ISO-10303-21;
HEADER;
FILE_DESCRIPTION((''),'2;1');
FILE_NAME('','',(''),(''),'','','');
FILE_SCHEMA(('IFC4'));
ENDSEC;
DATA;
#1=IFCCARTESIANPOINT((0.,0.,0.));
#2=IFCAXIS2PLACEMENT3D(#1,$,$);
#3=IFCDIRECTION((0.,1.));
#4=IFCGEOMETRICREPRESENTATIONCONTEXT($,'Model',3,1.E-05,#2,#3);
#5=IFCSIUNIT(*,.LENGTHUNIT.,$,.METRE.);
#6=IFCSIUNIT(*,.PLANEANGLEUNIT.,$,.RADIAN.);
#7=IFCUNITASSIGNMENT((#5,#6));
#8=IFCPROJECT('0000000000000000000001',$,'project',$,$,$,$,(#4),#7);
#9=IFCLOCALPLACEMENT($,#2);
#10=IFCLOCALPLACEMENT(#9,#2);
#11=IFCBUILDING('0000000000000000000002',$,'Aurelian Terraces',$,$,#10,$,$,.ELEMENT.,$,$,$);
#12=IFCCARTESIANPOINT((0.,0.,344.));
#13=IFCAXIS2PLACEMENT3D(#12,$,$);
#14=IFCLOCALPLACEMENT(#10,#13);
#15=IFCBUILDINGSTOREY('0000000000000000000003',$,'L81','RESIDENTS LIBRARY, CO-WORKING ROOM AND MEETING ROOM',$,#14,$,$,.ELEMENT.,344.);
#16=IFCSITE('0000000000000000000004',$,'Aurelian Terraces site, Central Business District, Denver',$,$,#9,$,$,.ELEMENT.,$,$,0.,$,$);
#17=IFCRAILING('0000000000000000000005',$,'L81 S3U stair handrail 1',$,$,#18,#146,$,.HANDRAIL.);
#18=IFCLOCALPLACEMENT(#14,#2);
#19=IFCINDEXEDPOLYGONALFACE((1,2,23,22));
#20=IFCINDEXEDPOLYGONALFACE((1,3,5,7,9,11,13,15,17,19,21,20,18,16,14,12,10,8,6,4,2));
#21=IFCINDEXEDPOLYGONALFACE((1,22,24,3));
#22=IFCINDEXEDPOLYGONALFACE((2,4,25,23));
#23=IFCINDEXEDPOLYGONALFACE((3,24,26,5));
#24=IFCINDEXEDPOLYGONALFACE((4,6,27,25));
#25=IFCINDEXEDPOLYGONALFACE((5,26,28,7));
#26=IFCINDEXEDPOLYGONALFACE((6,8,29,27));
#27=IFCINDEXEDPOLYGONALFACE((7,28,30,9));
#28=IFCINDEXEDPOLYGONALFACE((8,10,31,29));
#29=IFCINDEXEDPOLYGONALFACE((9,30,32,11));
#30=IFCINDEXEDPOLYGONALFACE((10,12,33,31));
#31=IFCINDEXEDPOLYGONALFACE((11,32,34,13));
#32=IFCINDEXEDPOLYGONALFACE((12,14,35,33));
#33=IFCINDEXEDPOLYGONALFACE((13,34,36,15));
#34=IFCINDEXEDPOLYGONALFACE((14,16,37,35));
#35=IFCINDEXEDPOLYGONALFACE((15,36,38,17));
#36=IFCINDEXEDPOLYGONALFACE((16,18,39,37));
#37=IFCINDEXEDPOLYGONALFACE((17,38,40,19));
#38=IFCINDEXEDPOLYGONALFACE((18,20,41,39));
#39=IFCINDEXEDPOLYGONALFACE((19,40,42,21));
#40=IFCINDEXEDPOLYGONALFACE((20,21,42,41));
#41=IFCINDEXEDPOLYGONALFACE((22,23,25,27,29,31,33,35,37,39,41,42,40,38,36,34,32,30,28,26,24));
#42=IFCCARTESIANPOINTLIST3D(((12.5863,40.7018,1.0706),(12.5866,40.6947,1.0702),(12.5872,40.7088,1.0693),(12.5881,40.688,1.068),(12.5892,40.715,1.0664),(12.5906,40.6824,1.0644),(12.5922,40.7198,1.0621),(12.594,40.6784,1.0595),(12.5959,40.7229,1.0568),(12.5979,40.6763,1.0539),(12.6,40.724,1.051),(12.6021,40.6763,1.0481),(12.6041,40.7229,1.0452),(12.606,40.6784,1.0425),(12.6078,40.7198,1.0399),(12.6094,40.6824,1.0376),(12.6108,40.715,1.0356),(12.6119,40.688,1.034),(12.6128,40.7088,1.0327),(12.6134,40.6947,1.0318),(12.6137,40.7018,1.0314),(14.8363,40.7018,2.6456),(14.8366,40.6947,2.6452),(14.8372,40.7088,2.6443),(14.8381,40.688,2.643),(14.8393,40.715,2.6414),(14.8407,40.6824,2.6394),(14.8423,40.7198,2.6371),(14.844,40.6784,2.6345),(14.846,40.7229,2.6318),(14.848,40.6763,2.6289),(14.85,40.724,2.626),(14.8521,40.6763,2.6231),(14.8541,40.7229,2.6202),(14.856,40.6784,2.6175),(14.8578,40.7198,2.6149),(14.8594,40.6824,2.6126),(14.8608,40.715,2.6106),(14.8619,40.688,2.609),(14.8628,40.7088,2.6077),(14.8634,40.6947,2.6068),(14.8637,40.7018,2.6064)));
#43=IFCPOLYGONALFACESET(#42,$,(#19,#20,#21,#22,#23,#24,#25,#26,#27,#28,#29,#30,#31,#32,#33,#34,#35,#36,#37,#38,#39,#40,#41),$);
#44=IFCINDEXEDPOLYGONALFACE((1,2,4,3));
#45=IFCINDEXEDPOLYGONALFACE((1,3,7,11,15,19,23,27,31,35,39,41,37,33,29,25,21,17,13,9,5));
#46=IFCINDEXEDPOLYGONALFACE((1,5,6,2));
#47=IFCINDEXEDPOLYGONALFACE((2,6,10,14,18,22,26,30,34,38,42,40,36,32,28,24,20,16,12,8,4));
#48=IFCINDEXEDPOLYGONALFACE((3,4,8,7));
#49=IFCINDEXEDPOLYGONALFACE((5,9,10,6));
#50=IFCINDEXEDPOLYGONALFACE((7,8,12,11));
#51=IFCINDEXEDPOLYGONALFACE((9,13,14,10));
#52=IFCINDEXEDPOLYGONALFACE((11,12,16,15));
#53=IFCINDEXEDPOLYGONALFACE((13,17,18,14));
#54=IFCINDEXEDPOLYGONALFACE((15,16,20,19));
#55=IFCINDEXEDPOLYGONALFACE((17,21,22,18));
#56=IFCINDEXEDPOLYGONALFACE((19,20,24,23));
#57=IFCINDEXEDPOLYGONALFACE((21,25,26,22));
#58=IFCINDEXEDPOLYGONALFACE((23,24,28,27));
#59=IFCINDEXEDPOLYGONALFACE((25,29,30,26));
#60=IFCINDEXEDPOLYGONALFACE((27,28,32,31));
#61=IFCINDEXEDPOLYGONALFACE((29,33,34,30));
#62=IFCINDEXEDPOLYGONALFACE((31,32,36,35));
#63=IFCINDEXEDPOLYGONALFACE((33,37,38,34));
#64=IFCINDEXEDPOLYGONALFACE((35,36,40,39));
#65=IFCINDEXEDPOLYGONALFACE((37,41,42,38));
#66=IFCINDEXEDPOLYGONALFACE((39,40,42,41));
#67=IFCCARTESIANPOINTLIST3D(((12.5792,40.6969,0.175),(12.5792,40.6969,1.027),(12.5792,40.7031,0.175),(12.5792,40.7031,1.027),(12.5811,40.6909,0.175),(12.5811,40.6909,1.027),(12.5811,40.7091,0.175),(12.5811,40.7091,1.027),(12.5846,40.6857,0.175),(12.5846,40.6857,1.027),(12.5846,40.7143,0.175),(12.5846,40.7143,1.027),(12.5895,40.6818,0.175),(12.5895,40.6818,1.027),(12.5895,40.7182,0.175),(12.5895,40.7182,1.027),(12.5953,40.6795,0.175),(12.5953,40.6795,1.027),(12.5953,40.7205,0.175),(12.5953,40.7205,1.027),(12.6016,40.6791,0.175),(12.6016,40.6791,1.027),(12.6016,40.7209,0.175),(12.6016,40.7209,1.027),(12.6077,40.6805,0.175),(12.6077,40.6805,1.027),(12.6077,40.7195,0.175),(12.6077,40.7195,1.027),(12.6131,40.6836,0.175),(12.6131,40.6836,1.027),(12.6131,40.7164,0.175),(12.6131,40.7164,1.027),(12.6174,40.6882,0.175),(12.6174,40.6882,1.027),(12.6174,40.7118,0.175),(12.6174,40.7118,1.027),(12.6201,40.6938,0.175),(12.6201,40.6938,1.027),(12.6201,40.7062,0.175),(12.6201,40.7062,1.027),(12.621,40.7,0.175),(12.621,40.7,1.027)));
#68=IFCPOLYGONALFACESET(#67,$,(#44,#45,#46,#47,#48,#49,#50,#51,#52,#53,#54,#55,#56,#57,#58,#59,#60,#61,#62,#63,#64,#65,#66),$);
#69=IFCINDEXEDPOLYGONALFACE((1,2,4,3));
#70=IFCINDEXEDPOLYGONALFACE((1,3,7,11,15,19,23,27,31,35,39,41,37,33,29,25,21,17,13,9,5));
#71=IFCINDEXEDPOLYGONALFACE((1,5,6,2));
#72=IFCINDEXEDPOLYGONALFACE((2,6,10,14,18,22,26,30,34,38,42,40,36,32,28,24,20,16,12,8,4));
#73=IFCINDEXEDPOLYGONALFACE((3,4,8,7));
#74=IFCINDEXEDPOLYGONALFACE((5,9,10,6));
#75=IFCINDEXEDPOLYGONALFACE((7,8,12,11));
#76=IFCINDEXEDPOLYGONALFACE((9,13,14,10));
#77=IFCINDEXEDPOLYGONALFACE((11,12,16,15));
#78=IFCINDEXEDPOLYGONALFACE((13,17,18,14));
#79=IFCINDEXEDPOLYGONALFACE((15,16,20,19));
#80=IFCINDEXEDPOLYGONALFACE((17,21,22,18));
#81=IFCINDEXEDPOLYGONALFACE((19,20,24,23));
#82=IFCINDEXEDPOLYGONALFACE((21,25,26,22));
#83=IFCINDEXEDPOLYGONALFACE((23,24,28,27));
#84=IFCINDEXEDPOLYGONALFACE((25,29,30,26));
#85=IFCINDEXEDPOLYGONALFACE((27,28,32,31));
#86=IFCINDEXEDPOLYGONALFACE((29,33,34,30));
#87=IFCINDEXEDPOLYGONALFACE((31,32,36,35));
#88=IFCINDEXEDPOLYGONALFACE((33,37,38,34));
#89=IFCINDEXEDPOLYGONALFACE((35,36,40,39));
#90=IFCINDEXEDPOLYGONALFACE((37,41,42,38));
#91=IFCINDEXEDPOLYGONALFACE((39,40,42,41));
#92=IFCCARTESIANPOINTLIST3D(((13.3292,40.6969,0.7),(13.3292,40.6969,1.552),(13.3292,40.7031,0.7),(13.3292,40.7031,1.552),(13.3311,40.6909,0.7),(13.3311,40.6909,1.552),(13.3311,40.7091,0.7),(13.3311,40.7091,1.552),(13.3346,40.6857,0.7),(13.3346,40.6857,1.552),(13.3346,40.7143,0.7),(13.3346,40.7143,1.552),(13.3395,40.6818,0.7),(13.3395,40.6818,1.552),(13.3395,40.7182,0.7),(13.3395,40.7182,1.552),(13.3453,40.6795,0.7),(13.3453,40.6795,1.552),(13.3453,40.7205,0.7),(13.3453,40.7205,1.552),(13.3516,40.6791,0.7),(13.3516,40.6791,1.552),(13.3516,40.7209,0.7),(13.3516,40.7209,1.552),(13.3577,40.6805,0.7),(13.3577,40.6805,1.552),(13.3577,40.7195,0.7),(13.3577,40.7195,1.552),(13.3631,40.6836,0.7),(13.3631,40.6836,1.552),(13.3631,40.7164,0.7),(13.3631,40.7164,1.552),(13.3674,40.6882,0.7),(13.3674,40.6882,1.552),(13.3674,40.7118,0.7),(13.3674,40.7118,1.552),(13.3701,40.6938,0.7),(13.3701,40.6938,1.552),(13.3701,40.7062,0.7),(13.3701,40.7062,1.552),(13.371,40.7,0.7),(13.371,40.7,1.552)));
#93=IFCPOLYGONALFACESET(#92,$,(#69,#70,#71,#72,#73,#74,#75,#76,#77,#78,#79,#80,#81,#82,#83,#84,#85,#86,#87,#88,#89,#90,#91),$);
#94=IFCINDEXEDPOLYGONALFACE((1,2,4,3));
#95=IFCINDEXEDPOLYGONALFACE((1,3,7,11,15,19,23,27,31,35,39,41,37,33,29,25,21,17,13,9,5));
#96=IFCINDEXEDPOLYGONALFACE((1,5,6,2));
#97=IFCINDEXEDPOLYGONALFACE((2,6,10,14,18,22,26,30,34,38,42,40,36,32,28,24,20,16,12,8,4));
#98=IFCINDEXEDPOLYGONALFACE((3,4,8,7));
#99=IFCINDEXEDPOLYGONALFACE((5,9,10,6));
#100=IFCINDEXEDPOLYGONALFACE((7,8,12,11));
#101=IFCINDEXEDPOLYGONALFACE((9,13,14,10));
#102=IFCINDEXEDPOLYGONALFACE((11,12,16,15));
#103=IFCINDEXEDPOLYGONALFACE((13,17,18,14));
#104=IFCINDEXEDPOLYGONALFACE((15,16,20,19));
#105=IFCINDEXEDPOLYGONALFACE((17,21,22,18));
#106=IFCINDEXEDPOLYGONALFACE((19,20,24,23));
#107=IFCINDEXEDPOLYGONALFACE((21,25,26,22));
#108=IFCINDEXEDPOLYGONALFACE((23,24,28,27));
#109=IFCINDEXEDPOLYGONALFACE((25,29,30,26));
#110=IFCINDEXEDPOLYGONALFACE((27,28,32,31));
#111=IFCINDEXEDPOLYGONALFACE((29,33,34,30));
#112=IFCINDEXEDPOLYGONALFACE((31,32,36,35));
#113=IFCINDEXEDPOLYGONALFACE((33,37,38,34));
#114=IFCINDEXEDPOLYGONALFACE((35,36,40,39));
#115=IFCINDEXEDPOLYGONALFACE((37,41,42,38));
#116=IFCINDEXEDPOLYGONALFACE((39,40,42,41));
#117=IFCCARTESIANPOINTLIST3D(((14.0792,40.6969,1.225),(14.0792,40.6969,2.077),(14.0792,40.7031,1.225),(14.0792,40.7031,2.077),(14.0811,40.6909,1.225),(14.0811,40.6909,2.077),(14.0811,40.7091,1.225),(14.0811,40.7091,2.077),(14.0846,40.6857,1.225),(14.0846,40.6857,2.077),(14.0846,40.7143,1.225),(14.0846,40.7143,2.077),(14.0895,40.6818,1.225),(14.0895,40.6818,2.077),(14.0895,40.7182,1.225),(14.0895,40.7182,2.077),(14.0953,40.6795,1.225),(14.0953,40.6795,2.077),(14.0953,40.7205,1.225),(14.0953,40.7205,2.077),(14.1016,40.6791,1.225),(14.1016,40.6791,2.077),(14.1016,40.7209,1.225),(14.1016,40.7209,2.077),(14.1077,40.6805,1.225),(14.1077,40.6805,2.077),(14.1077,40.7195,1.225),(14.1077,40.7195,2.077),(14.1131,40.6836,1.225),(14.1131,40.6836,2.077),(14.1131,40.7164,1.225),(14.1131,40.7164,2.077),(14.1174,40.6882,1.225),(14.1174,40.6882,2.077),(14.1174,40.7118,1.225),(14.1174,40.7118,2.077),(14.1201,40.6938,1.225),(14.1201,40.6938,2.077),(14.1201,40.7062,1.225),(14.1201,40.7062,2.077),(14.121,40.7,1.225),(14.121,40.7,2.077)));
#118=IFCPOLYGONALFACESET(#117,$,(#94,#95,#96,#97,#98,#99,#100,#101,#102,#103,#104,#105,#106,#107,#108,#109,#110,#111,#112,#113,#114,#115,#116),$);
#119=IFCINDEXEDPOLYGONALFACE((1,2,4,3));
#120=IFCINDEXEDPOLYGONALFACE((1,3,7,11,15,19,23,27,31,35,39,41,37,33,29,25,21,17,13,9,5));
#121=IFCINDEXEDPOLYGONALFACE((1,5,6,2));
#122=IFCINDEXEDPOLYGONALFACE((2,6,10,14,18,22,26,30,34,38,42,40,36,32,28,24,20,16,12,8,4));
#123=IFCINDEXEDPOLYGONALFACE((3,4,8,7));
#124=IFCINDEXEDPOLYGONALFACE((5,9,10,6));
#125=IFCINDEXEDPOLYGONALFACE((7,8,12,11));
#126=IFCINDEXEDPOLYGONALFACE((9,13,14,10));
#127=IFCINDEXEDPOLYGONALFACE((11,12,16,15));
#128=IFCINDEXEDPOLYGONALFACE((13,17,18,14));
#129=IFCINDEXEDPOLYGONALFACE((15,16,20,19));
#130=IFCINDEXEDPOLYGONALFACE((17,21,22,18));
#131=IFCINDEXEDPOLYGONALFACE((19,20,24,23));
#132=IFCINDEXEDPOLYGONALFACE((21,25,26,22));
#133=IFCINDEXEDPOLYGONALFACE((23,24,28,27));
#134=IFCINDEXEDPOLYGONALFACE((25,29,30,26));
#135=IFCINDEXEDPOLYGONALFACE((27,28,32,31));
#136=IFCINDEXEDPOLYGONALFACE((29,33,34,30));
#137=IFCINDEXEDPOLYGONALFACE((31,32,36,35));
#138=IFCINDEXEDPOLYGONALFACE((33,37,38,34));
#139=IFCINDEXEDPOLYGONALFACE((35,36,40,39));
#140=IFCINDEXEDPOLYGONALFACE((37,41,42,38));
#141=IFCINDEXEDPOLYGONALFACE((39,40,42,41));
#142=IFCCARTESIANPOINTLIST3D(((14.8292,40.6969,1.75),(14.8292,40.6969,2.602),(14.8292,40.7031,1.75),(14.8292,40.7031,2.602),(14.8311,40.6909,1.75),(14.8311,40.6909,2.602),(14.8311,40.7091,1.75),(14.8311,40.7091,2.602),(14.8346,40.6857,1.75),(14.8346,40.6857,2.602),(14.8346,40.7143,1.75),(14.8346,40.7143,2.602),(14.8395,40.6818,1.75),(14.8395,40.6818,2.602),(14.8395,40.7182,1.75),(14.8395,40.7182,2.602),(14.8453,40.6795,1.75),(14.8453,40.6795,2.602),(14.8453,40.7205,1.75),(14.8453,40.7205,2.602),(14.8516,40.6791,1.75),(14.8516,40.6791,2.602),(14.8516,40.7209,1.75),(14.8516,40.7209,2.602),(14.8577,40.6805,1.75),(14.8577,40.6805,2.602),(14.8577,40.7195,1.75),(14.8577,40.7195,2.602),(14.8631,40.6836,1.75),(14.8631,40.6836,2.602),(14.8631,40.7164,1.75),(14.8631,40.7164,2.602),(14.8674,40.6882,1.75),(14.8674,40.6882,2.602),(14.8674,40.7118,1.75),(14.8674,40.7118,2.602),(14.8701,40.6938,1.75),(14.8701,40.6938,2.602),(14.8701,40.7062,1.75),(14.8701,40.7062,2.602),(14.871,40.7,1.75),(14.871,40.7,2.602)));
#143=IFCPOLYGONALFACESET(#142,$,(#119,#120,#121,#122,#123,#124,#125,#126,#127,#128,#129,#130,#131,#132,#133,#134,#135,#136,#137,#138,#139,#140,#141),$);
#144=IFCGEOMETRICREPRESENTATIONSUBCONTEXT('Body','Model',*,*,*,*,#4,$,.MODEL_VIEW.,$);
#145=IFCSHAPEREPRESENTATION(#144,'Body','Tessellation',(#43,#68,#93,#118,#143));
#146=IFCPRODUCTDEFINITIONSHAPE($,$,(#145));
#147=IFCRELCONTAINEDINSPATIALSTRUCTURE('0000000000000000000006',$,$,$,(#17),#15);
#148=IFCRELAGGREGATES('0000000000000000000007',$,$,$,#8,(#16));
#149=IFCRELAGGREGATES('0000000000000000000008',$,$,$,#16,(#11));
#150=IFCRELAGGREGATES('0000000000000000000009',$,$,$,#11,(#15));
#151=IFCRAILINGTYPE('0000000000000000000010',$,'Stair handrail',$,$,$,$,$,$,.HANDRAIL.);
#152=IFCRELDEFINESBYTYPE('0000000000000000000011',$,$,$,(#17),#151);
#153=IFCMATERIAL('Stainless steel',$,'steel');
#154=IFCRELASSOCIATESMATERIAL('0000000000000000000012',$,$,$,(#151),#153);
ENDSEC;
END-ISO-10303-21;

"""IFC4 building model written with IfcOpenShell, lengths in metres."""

from ifc_helpers import new_model, si_unit, direction, frame, origin, origin_2d, place, context, subcontext, project, spatial, circle, extrude, source, transform, mapped, material, type_object, element, save


model = new_model("IFC4")

# Units and contexts
model_context = context("Model", 3, precision=1e-05, world=origin(), true_north=direction((0.0, 1.0)))
body_context = subcontext(model_context, "Body", "Model", "MODEL_VIEW")
ifc_project = project(units=[si_unit("LENGTHUNIT", "METRE"), si_unit("PLANEANGLEUNIT", "RADIAN")], contexts=[model_context])

# Site, building, storey
site_placement = place(None, origin())
site = spatial("IfcSite", under=ifc_project, at=site_placement, Name="Aurelian Terraces site, Central Business District, Denver", CompositionType="ELEMENT", RefElevation=0.0)
building_placement = place(site_placement, origin())
building = spatial("IfcBuilding", under=site, at=building_placement, Name="Aurelian Terraces", CompositionType="ELEMENT")
storey_placement = place(building_placement, frame((0.0, 0.0, 344.0)))
storey = spatial("IfcBuildingStorey", under=building, at=storey_placement, Name="L81", Description="RESIDENTS LIBRARY, CO-WORKING ROOM AND MEETING ROOM", CompositionType="ELEMENT", Elevation=344.0)

# Railing
ifc_material_1 = material(Name="Stainless steel", Category="steel")
railing_type_1 = type_object("IfcRailingType", Name="Stair handrail", PredefinedType="HANDRAIL", material=ifc_material_1)
shared_shape_1 = source(origin(), body_context, "Body", "SweptSolid", [
    extrude(circle(Radius=0.024, at=origin_2d()), frame((0.0, 0.0, 0.876), z_axis=(0.819232, 0.0, 0.573462), x_axis=(0.0, 1.0, 0.0)), (0.0, 0.0, 1.0), 2.7465),
    extrude(circle(Radius=0.021, at=origin_2d()), origin(), (0.0, 0.0, 1.0), 0.852),
    extrude(circle(Radius=0.021, at=origin_2d()), frame((0.75, 0.0, 0.525)), (0.0, 0.0, 1.0), 0.852),
    extrude(circle(Radius=0.021, at=origin_2d()), frame((1.5, 0.0, 1.05)), (0.0, 0.0, 1.0), 0.852),
    extrude(circle(Radius=0.021, at=origin_2d()), frame((2.25, 0.0, 1.575)), (0.0, 0.0, 1.0), 0.852),
])
railing_1_placement = place(storey_placement, frame((12.6, 40.7, 0.175)))
element("IfcRailing", 1, at=railing_1_placement, inside=storey, type_object=railing_type_1, Name="L81 S3U stair handrail 1", PredefinedType="HANDRAIL", context=body_context, shape_type="MappedRepresentation", body=[
    mapped(shared_shape_1, transform((0.0, 0.0, 0.0), scale=1.0)),
])

save(model, "model.ifc")
